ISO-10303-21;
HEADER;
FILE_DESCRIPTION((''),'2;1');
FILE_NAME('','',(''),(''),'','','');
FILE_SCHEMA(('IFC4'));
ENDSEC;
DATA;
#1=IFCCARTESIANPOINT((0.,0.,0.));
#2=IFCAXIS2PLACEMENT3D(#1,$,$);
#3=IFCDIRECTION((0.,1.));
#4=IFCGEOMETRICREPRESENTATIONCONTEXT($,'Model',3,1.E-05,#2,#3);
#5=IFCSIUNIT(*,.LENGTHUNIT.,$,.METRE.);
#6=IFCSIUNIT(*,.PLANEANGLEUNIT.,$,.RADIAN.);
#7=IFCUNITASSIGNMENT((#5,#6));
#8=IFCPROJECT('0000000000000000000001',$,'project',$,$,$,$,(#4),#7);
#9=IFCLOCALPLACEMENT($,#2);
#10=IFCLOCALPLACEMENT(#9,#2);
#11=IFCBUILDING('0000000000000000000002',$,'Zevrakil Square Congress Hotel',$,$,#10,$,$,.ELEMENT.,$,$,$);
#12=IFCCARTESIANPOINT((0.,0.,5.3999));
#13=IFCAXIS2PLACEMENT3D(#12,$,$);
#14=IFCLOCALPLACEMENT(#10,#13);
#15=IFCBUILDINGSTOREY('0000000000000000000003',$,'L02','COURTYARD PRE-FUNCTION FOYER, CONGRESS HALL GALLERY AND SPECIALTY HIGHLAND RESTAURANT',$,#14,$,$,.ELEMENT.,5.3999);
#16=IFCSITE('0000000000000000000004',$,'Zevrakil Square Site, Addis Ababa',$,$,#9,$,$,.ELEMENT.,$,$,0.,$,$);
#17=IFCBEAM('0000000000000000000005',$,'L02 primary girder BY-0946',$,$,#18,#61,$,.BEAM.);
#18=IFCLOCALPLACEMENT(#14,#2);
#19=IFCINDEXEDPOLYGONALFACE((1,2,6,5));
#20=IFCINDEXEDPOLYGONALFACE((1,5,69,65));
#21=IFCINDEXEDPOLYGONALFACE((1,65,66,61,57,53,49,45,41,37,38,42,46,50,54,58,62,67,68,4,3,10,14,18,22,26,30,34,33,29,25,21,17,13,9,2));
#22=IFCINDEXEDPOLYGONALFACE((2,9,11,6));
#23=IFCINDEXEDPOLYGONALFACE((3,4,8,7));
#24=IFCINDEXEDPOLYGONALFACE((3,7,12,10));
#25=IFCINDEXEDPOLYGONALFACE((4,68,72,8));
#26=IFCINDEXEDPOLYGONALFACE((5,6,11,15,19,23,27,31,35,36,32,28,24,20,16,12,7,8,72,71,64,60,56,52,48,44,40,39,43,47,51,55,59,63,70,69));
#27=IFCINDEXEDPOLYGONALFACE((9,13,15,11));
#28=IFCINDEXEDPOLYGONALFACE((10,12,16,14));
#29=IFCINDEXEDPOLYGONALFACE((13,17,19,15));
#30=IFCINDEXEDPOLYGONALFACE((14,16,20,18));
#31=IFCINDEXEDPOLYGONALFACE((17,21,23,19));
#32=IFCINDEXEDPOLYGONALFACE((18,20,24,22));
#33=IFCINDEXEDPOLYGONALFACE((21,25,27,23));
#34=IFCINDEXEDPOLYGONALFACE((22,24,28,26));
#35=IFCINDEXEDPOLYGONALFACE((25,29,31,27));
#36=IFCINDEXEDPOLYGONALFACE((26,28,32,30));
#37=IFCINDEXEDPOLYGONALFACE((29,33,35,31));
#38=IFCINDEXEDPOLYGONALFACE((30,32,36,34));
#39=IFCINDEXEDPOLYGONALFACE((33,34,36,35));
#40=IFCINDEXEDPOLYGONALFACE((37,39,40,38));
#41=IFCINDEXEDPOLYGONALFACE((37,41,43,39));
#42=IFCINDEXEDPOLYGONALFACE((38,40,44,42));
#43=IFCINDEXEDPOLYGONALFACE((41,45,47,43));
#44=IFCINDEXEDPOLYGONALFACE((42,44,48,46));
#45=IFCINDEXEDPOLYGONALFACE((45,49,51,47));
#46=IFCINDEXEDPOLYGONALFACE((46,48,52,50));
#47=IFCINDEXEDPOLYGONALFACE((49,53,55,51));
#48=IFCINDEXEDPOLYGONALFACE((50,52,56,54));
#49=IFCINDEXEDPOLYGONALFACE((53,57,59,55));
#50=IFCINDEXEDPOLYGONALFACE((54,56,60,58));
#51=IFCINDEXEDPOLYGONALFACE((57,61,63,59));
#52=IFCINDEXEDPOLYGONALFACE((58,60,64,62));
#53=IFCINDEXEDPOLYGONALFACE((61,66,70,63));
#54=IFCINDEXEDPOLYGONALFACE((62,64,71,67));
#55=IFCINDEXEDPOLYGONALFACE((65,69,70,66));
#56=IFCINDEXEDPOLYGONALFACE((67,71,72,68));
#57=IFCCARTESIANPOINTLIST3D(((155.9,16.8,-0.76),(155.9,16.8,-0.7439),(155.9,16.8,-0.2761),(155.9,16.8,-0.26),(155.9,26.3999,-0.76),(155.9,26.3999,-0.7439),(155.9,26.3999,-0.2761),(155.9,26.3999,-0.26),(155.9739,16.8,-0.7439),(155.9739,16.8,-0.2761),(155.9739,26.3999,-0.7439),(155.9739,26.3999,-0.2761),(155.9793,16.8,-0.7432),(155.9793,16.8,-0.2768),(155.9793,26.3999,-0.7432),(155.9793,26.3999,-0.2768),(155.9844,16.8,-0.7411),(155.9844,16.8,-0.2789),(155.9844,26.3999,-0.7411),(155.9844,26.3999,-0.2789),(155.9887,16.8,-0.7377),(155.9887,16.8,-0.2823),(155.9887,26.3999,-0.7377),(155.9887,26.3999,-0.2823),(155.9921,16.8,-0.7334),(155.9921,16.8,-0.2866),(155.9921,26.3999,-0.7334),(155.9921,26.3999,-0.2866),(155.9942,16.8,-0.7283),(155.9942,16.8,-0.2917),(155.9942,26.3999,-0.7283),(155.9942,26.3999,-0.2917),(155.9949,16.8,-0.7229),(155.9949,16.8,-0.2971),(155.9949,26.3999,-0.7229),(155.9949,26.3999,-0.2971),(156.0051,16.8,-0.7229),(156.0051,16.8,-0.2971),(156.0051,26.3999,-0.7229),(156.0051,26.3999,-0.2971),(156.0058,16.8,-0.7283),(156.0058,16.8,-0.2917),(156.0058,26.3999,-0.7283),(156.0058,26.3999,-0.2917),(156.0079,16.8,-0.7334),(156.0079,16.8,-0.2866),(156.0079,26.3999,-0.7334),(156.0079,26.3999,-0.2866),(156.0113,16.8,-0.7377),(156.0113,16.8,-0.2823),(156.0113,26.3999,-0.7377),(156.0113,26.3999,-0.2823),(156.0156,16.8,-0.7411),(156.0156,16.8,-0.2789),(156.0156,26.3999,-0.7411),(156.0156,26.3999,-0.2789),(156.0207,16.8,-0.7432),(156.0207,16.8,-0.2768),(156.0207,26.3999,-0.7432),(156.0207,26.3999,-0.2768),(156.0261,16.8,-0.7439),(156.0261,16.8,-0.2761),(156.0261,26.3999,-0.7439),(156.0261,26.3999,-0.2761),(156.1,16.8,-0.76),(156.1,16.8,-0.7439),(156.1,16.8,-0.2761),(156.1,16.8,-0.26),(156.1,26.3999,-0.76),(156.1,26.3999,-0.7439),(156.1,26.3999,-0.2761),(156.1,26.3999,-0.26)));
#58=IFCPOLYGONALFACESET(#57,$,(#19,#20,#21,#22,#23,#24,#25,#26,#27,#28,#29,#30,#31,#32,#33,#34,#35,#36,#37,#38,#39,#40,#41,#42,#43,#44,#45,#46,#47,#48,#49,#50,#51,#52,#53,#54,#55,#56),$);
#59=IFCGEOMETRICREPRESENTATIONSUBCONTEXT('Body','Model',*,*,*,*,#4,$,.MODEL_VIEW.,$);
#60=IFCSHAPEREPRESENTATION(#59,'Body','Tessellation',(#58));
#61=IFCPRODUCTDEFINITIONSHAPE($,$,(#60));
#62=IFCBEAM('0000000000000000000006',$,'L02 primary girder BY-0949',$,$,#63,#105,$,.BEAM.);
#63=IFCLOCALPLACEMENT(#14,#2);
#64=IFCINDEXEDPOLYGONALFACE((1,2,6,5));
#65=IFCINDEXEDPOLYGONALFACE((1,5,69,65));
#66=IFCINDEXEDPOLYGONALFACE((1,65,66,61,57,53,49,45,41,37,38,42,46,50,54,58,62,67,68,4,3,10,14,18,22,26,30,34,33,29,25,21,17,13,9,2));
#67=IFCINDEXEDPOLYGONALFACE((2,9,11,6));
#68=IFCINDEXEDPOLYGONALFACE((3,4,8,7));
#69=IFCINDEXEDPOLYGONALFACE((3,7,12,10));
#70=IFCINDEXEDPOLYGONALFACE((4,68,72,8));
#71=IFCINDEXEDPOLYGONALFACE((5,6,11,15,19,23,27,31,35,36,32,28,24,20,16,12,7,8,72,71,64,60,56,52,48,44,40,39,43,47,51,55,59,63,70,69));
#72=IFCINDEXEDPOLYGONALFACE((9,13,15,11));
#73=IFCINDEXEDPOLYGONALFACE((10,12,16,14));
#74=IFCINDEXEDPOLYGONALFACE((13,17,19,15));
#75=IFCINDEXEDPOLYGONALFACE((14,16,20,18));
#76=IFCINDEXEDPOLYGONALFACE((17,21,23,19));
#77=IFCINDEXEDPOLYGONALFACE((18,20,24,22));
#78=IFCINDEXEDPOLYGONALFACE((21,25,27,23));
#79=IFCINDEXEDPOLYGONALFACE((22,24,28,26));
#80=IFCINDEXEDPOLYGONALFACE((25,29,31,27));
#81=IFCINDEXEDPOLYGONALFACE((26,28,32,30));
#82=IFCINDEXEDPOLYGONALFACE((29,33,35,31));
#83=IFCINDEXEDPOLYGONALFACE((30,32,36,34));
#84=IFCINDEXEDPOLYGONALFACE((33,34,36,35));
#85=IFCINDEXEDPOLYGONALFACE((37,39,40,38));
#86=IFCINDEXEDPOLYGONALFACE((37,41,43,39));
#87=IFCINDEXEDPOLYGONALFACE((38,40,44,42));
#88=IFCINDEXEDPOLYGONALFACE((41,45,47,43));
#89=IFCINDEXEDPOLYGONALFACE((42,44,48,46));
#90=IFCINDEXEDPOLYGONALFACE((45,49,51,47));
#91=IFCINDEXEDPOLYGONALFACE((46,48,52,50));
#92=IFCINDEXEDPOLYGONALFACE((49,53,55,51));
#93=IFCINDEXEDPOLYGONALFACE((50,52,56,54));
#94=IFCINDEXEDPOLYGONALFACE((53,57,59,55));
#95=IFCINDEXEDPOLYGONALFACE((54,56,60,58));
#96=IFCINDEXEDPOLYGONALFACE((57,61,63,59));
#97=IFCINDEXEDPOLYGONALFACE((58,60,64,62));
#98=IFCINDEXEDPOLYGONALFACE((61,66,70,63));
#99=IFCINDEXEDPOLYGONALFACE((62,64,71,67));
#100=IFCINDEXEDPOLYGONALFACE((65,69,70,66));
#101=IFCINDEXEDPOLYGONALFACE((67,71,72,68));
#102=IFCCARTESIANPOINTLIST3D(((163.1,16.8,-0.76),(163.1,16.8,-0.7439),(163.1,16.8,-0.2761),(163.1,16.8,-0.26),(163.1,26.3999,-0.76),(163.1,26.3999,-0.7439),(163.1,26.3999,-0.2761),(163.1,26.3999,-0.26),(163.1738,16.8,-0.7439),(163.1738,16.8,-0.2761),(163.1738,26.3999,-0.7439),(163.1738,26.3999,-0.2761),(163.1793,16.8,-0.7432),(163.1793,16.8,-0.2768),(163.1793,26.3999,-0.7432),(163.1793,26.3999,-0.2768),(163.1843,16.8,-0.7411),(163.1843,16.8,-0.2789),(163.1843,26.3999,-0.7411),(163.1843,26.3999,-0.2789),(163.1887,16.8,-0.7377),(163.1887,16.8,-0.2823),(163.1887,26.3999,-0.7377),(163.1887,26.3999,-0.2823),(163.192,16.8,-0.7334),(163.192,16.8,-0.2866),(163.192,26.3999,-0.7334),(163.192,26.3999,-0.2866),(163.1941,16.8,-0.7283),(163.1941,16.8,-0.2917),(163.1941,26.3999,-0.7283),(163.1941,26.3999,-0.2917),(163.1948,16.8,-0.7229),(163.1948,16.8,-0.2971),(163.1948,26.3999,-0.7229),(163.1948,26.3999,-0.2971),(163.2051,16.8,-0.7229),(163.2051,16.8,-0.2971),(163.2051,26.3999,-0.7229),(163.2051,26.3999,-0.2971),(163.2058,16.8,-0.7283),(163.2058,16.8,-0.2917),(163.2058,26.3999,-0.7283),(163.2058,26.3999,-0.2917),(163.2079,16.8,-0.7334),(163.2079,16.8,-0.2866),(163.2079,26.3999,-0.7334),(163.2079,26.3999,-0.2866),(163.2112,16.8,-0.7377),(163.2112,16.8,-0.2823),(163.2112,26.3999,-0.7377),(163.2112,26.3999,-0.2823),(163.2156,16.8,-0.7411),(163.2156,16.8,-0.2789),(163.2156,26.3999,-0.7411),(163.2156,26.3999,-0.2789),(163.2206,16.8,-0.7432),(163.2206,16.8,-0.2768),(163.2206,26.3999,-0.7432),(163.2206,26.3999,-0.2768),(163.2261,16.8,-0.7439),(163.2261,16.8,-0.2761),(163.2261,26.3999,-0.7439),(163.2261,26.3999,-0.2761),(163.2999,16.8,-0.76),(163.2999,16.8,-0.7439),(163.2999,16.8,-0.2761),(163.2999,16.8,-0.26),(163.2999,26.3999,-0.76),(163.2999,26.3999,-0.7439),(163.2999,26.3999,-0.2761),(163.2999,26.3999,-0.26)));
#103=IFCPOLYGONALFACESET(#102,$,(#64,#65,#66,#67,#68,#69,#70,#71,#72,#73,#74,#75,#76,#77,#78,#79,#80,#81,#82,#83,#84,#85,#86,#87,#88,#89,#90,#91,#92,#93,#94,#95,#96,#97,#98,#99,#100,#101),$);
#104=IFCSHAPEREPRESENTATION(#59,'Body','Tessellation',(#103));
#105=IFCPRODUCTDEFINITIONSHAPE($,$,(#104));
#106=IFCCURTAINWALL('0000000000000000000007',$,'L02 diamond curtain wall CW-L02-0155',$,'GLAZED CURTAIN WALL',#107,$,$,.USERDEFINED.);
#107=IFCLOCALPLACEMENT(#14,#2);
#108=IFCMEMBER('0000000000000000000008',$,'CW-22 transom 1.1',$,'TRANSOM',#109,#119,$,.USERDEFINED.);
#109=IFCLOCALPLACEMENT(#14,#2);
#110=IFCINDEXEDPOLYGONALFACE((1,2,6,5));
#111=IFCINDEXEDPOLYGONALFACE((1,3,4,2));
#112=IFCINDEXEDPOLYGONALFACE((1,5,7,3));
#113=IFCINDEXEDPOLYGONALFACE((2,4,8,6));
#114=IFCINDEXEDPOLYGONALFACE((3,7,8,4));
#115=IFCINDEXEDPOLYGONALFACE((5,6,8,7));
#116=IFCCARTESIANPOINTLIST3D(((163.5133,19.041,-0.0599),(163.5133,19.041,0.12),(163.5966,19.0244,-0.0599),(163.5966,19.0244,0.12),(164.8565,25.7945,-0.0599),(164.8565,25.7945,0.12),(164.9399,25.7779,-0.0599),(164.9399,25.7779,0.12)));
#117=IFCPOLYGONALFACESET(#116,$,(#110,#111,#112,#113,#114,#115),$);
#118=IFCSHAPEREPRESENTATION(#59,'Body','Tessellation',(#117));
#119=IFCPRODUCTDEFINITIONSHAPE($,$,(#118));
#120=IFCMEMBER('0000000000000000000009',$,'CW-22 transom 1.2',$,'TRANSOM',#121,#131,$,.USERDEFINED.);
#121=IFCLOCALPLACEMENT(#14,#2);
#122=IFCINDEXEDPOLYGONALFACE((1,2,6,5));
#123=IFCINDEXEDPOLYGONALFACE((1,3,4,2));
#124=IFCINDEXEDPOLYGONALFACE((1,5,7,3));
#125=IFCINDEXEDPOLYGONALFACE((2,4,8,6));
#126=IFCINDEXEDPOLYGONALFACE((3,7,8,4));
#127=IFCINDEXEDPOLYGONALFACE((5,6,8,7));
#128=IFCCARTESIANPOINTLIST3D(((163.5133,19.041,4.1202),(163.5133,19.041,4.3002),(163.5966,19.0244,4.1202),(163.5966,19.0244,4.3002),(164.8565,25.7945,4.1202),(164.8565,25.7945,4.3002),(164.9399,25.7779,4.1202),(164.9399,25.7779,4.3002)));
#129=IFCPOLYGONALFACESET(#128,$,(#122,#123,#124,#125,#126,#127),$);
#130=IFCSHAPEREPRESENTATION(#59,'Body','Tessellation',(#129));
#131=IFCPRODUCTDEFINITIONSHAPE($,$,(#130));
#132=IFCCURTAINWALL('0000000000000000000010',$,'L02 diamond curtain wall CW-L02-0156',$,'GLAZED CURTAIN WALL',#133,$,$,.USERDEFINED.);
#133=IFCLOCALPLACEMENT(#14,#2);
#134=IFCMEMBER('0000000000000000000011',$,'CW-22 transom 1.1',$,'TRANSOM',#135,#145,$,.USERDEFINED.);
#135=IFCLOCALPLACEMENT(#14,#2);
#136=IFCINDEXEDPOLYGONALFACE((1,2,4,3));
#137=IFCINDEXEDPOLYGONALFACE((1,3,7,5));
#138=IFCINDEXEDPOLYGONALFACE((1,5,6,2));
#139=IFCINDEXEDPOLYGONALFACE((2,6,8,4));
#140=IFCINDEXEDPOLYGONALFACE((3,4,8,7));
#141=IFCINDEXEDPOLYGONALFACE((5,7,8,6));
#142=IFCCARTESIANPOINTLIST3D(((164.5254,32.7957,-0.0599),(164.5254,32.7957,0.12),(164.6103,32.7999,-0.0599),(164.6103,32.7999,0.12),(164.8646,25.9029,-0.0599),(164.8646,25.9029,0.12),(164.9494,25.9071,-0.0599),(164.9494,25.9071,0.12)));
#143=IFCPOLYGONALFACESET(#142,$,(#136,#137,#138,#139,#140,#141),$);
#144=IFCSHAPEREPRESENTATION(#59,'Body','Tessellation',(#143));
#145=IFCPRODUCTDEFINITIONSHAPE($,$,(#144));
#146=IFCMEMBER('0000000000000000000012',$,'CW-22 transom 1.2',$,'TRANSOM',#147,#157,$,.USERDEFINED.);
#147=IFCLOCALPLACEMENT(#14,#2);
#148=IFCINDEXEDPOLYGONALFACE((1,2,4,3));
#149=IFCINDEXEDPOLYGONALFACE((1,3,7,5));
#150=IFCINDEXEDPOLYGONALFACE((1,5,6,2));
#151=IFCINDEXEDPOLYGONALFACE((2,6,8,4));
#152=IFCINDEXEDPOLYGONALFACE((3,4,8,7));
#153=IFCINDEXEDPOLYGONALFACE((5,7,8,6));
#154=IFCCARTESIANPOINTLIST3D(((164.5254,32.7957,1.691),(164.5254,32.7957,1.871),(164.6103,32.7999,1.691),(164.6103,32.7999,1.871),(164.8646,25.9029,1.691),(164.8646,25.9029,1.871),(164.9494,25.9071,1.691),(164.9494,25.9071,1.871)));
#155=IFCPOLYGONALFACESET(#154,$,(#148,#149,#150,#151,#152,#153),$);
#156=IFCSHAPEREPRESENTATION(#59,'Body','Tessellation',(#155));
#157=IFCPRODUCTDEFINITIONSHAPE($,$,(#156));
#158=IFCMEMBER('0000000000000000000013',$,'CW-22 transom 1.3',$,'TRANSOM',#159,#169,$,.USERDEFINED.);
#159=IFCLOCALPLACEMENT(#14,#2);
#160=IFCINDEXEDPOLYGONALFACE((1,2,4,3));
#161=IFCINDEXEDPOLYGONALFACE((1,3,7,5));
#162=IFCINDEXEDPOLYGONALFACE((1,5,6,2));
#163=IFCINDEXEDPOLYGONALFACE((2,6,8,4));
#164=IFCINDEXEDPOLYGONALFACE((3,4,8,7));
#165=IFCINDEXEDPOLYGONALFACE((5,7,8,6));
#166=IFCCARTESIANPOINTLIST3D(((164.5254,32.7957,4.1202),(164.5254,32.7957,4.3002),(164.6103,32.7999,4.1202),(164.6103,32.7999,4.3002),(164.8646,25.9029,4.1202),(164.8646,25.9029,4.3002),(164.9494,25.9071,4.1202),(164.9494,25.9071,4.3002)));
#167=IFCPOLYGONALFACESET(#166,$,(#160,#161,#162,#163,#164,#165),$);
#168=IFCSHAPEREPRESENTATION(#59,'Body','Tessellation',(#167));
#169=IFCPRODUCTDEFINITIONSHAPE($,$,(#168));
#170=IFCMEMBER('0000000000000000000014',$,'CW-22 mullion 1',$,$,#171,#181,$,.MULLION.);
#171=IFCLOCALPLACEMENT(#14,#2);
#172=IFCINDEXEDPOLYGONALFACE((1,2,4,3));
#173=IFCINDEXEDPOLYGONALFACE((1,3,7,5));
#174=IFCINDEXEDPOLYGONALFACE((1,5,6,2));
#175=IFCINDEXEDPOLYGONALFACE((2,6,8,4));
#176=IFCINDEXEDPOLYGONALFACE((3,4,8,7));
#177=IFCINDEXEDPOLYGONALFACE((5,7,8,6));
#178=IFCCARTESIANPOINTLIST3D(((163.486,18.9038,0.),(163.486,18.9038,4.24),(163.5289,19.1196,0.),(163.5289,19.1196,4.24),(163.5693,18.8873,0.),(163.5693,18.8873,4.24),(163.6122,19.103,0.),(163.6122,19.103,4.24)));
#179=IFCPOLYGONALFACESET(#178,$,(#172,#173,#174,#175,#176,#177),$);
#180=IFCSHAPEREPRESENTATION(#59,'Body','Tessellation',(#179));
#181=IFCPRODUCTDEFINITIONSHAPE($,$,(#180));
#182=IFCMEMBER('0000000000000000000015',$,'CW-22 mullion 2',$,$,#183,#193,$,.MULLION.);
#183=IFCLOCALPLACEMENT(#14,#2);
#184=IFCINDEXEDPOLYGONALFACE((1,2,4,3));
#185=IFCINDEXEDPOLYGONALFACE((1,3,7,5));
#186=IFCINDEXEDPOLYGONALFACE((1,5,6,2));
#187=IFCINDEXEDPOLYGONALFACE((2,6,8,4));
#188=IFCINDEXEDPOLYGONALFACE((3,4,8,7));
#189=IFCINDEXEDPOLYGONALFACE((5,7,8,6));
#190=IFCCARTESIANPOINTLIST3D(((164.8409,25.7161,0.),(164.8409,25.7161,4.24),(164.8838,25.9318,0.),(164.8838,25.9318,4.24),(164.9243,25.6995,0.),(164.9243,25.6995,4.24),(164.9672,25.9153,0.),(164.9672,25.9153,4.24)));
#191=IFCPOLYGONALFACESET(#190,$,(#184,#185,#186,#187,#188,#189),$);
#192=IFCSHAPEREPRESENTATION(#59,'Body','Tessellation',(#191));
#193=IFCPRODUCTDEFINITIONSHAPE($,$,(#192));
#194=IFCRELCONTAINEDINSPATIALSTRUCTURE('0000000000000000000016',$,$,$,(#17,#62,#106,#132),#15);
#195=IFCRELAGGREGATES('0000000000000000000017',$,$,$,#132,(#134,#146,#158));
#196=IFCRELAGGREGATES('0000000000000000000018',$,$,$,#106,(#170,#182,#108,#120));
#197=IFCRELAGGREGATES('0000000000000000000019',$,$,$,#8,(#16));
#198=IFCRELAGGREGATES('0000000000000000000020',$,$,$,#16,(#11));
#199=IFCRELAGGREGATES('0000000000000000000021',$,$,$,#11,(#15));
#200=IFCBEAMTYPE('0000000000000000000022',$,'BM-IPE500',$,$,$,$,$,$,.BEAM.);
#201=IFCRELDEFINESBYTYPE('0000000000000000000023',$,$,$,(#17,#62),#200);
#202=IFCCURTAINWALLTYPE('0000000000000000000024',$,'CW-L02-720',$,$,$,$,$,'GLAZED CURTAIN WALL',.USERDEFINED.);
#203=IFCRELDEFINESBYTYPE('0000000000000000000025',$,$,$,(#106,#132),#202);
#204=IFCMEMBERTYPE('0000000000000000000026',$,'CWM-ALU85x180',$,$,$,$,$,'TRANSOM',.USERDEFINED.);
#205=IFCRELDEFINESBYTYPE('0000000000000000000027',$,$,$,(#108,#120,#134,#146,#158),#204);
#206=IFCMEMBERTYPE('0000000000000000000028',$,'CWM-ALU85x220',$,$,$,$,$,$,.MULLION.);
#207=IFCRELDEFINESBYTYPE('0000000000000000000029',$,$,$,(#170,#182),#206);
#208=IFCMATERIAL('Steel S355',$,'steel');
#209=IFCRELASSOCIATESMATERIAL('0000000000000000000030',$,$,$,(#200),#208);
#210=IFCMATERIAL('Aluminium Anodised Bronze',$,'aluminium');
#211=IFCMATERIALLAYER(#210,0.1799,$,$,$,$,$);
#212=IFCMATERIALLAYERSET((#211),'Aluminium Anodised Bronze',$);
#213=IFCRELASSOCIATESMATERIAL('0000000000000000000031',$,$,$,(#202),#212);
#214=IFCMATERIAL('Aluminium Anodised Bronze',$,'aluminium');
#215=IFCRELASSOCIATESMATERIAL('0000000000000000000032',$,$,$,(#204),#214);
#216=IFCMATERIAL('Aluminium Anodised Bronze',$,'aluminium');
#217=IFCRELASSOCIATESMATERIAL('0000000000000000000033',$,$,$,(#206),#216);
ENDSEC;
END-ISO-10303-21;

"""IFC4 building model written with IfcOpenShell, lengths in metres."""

from ifc_helpers import new_model, si_unit, direction, frame, origin, origin_2d, place, context, subcontext, project, spatial, rectangle, i_section, extrude, material, layer, layer_set, material_profile, profile_set, type_object, element, aggregate, save


model = new_model("IFC4")

# Units and contexts
model_context = context("Model", 3, precision=1e-05, world=origin(), true_north=direction((0.0, 1.0)))
body_context = subcontext(model_context, "Body", "Model", "MODEL_VIEW")
ifc_project = project(units=[si_unit("LENGTHUNIT", "METRE"), si_unit("PLANEANGLEUNIT", "RADIAN")], contexts=[model_context])

# Site, building, storey
site_placement = place(None, origin())
site = spatial("IfcSite", under=ifc_project, at=site_placement, Name="Zevrakil Square Site, Addis Ababa", CompositionType="ELEMENT", RefElevation=0.0)
building_placement = place(site_placement, origin())
building = spatial("IfcBuilding", under=site, at=building_placement, Name="Zevrakil Square Congress Hotel", CompositionType="ELEMENT")
storey_placement = place(building_placement, frame((0.0, 0.0, 5.3999)))
storey = spatial("IfcBuildingStorey", under=building, at=storey_placement, Name="L02", Description="COURTYARD PRE-FUNCTION FOYER, CONGRESS HALL GALLERY AND SPECIALTY HIGHLAND RESTAURANT", CompositionType="ELEMENT", Elevation=5.3999)

# Beams
ifc_material_1 = material(Name="Steel S355", Category="steel")
ifc_material_profile_1 = material_profile(ifc_material_1, i_section(OverallWidth=0.2, OverallDepth=0.5, WebThickness=0.0103, FlangeThickness=0.0161, FilletRadius=0.021, at=origin_2d()), Name="IPE 500")
ifc_profile_set_1 = profile_set([ifc_material_profile_1], Name="Steel S355")
beam_type_1 = type_object("IfcBeamType", Name="BM-IPE500", PredefinedType="BEAM", material=ifc_profile_set_1)
for number, where, z_axis, x_axis, name in (
    (1, (156.0, 16.8, -0.51), (0.0, 1.0, 0.0), (-1.0, 0.0, 0.0), "L02 primary girder BY-0946"),
    (2, (163.2, 16.8, -0.51), (0.0, 1.0, 0.0), (-1.0, 0.0, 0.0), "L02 primary girder BY-0949"),
):
    element("IfcBeam", number, at=place(storey_placement, frame(where, z_axis=z_axis, x_axis=x_axis)), inside=storey, type_object=beam_type_1, Name=name, PredefinedType="BEAM", context=body_context, shape_type="SweptSolid", body=[
        extrude(i_section(OverallWidth=0.2, OverallDepth=0.5, WebThickness=0.0103, FlangeThickness=0.0161, FilletRadius=0.021, at=origin_2d()), origin(), (0.0, 0.0, 1.0), 9.5999),
    ])

# Curtain walls, members
ifc_material_2 = material(Name="Aluminium Anodised Bronze", Category="aluminium")
ifc_layer_1 = layer(ifc_material_2, 0.1799)
ifc_layer_set_1 = layer_set([ifc_layer_1], Name="Aluminium Anodised Bronze")
curtain_wall_type = type_object("IfcCurtainWallType", Name="CW-L02-720", ElementType="GLAZED CURTAIN WALL", PredefinedType="USERDEFINED", material=ifc_layer_set_1)
curtain_wall_1_placement = place(storey_placement, origin())
curtain_wall_1 = element("IfcCurtainWall", 3, at=curtain_wall_1_placement, inside=storey, type_object=curtain_wall_type, Name="L02 diamond curtain wall CW-L02-0155", ObjectType="GLAZED CURTAIN WALL", PredefinedType="USERDEFINED")
ifc_material_3 = material(Name="Aluminium Anodised Bronze", Category="aluminium")
ifc_material_profile_2 = material_profile(ifc_material_3, rectangle(XDim=0.085, YDim=0.1799, at=origin_2d()), Name="ALU 85x180")
ifc_profile_set_2 = profile_set([ifc_material_profile_2], Name="Aluminium Anodised Bronze")
member_type_1 = type_object("IfcMemberType", Name="CWM-ALU85x180", ElementType="TRANSOM", PredefinedType="USERDEFINED", material=ifc_profile_set_2)
member_1_placement = place(storey_placement, frame((163.5549, 19.0327, 0.03), z_axis=(0.19508, 0.980787, 0.0), x_axis=(-0.980787, 0.19508, 0.0)))
member_1 = element("IfcMember", 4, at=member_1_placement, type_object=member_type_1, Name="CW-22 transom 1.1", ObjectType="TRANSOM", PredefinedType="USERDEFINED", context=body_context, shape_type="SweptSolid", body=[
    extrude(rectangle(XDim=0.085, YDim=0.1799, at=origin_2d()), origin(), (0.0, 0.0, 1.0), 6.8857),
])
member_2_placement = place(storey_placement, frame((163.5549, 19.0327, 4.2102), z_axis=(0.19508, 0.980787, 0.0), x_axis=(-0.980787, 0.19508, 0.0)))
member_2 = element("IfcMember", 5, at=member_2_placement, type_object=member_type_1, Name="CW-22 transom 1.2", ObjectType="TRANSOM", PredefinedType="USERDEFINED", context=body_context, shape_type="SweptSolid", body=[
    extrude(rectangle(XDim=0.085, YDim=0.1799, at=origin_2d()), origin(), (0.0, 0.0, 1.0), 6.8857),
])
curtain_wall_2_placement = place(storey_placement, origin())
curtain_wall_2 = element("IfcCurtainWall", 6, at=curtain_wall_2_placement, inside=storey, type_object=curtain_wall_type, Name="L02 diamond curtain wall CW-L02-0156", ObjectType="GLAZED CURTAIN WALL", PredefinedType="USERDEFINED")
member_3_placement = place(storey_placement, frame((164.907, 25.905, 0.03), z_axis=(-0.049138, 0.998792, 0.0), x_axis=(-0.998792, -0.049138, 0.0)))
member_3 = element("IfcMember", 7, at=member_3_placement, type_object=member_type_1, Name="CW-22 transom 1.1", ObjectType="TRANSOM", PredefinedType="USERDEFINED", context=body_context, shape_type="SweptSolid", body=[
    extrude(rectangle(XDim=0.085, YDim=0.1799, at=origin_2d()), origin(), (0.0, 0.0, 1.0), 6.9011),
])
member_4_placement = place(storey_placement, frame((164.907, 25.905, 1.781), z_axis=(-0.049138, 0.998792, 0.0), x_axis=(-0.998792, -0.049138, 0.0)))
member_4 = element("IfcMember", 8, at=member_4_placement, type_object=member_type_1, Name="CW-22 transom 1.2", ObjectType="TRANSOM", PredefinedType="USERDEFINED", context=body_context, shape_type="SweptSolid", body=[
    extrude(rectangle(XDim=0.085, YDim=0.1799, at=origin_2d()), origin(), (0.0, 0.0, 1.0), 6.9011),
])
member_5_placement = place(storey_placement, frame((164.907, 25.905, 4.2102), z_axis=(-0.049138, 0.998792, 0.0), x_axis=(-0.998792, -0.049138, 0.0)))
member_5 = element("IfcMember", 9, at=member_5_placement, type_object=member_type_1, Name="CW-22 transom 1.3", ObjectType="TRANSOM", PredefinedType="USERDEFINED", context=body_context, shape_type="SweptSolid", body=[
    extrude(rectangle(XDim=0.085, YDim=0.1799, at=origin_2d()), origin(), (0.0, 0.0, 1.0), 6.9011),
])

# Members
ifc_material_4 = material(Name="Aluminium Anodised Bronze", Category="aluminium")
ifc_material_profile_3 = material_profile(ifc_material_4, rectangle(XDim=0.085, YDim=0.22, at=origin_2d()), Name="ALU 85x220")
ifc_profile_set_3 = profile_set([ifc_material_profile_3], Name="Aluminium Anodised Bronze")
member_type_2 = type_object("IfcMemberType", Name="CWM-ALU85x220", PredefinedType="MULLION", material=ifc_profile_set_3)
member_6_placement = place(storey_placement, frame((163.5491, 19.0034, 0.0), z_axis=(0.0, 0.0, 1.0), x_axis=(-0.980787, 0.195084, 0.0)))
member_6 = element("IfcMember", 10, at=member_6_placement, type_object=member_type_2, Name="CW-22 mullion 1", PredefinedType="MULLION", context=body_context, shape_type="SweptSolid", body=[
    extrude(rectangle(XDim=0.085, YDim=0.22, at=origin_2d()), origin(), (0.0, 0.0, 1.0), 4.24),
])
member_7_placement = place(storey_placement, frame((164.9041, 25.8157, 0.0), z_axis=(0.0, 0.0, 1.0), x_axis=(-0.980787, 0.195084, 0.0)))
member_7 = element("IfcMember", 11, at=member_7_placement, type_object=member_type_2, Name="CW-22 mullion 2", PredefinedType="MULLION", context=body_context, shape_type="SweptSolid", body=[
    extrude(rectangle(XDim=0.085, YDim=0.22, at=origin_2d()), origin(), (0.0, 0.0, 1.0), 4.24),
])
aggregate(curtain_wall_2, [member_3, member_4, member_5])

aggregate(curtain_wall_1, [member_6, member_7, member_1, member_2])

save(model, "model.ifc")
